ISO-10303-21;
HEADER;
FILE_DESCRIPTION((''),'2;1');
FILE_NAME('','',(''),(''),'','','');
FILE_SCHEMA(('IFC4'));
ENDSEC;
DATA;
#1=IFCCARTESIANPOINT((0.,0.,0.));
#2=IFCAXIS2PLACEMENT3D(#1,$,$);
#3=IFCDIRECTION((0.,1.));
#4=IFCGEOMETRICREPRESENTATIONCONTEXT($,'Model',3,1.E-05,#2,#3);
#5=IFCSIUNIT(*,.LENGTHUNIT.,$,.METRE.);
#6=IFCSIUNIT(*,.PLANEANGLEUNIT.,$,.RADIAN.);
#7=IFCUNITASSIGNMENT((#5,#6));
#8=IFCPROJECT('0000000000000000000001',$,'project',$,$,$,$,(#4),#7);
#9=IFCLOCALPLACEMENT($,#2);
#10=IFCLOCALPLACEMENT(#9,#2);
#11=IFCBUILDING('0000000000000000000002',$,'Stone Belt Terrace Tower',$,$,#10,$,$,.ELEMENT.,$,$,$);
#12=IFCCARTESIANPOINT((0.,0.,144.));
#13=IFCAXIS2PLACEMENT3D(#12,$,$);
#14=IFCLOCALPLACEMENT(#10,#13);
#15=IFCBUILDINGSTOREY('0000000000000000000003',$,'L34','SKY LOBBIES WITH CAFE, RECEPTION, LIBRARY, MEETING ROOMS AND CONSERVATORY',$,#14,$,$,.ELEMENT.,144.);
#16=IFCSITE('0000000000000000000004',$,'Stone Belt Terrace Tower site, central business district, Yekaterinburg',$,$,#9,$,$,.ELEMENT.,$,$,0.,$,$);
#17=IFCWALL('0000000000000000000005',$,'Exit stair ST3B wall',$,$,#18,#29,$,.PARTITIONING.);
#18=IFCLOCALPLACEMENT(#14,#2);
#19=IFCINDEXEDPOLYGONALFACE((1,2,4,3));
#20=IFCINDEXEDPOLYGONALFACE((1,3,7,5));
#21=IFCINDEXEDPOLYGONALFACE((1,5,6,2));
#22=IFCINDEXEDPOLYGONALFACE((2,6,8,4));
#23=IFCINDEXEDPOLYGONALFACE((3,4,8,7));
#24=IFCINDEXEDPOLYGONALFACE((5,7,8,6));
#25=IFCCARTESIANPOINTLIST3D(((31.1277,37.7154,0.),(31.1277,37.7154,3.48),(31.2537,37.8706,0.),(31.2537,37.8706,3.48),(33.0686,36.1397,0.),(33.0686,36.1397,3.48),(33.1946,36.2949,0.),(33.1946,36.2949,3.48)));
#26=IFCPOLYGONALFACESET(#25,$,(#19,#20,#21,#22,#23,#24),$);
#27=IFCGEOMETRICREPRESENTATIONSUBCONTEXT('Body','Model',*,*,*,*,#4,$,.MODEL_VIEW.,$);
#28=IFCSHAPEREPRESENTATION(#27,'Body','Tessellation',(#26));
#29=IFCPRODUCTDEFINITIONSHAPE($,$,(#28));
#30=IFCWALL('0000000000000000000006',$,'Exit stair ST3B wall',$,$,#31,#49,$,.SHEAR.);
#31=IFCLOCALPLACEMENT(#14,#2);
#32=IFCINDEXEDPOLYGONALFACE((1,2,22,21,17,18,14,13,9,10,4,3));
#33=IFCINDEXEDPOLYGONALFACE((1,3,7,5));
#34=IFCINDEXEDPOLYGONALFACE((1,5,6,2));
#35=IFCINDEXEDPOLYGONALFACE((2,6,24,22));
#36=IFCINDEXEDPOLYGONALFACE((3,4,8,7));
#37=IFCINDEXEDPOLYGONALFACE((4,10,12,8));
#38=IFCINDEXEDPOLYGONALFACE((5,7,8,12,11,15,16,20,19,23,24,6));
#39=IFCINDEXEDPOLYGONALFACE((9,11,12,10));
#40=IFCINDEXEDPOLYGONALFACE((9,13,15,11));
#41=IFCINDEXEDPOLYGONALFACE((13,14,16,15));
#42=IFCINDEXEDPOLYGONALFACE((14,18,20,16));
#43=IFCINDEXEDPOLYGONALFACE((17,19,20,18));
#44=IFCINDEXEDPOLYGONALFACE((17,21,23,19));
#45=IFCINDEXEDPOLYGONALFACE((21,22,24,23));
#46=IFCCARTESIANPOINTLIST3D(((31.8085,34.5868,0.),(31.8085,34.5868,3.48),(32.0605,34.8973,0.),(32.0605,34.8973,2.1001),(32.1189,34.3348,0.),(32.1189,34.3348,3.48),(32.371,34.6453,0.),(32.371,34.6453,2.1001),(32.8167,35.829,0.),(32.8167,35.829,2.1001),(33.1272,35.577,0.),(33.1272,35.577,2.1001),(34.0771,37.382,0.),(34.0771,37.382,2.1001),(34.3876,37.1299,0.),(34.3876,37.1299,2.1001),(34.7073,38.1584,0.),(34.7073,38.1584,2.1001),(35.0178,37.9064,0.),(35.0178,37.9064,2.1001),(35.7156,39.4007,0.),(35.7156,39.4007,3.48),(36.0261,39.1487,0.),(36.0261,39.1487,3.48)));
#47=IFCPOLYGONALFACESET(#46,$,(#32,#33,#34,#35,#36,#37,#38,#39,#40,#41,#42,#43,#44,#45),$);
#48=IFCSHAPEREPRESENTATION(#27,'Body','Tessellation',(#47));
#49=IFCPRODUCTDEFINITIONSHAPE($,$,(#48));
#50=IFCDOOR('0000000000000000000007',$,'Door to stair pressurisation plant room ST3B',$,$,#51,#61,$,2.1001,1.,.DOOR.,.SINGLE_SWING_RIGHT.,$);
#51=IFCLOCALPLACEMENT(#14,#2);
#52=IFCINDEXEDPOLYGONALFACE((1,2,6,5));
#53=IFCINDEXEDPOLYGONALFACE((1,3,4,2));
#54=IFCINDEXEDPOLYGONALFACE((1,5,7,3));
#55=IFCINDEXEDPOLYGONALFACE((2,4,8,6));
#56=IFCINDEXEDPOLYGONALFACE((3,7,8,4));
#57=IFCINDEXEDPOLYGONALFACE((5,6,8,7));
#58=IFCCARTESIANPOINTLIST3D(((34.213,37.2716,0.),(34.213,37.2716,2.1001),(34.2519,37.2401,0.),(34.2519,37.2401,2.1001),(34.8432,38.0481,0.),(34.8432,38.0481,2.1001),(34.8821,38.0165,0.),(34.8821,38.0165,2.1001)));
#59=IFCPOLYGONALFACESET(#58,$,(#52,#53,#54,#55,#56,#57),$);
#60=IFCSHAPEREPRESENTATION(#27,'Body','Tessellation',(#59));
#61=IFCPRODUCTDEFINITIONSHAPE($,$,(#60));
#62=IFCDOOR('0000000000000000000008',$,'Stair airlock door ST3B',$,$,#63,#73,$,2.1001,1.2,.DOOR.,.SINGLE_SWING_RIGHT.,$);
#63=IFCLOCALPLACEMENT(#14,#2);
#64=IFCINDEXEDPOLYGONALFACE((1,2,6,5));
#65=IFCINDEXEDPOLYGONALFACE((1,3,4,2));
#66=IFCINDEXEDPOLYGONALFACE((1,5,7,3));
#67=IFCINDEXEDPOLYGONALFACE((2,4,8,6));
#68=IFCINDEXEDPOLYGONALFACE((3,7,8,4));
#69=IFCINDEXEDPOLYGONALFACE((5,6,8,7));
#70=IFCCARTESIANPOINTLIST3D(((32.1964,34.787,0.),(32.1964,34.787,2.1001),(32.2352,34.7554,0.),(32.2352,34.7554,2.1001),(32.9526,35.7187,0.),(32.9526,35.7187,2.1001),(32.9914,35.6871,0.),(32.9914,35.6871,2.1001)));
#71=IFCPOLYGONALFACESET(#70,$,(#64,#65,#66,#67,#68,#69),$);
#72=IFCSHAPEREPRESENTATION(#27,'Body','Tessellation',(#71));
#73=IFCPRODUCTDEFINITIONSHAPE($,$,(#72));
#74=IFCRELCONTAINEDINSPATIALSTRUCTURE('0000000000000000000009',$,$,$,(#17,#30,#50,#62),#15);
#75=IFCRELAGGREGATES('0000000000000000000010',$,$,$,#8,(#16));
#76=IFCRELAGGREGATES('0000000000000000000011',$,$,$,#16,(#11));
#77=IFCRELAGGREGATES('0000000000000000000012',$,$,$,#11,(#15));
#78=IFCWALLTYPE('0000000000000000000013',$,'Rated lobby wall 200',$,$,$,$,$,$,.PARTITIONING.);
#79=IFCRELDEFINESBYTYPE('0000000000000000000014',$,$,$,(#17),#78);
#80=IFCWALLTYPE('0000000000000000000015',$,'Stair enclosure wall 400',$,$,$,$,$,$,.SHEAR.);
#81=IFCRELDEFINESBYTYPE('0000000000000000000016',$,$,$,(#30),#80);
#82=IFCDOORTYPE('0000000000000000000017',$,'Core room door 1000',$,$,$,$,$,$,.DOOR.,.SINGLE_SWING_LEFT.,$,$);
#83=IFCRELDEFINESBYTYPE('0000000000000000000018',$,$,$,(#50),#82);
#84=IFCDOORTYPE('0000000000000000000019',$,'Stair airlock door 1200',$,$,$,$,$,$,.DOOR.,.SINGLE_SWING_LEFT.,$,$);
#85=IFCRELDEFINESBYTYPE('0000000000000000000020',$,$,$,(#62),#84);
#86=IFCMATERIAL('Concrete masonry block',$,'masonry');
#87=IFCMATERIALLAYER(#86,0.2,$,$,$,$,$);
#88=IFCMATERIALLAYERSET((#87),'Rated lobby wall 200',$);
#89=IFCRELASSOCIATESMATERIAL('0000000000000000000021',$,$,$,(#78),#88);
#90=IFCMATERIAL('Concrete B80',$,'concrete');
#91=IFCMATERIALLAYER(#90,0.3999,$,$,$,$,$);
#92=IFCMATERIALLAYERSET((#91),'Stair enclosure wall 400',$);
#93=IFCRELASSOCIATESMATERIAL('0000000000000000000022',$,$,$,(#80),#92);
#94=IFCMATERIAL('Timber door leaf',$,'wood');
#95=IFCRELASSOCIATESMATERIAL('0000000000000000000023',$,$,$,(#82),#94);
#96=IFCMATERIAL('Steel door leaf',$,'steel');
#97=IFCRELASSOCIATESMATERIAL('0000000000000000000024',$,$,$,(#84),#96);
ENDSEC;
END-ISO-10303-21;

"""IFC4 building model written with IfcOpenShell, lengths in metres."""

from ifc_helpers import new_model, si_unit, direction, frame, frame_2d, origin, place, context, subcontext, project, spatial, rectangle, extrude, material, layer, layer_set, type_object, element, fill, save


model = new_model("IFC4")

# Units and contexts
model_context = context("Model", 3, precision=1e-05, world=origin(), true_north=direction((0.0, 1.0)))
body_context = subcontext(model_context, "Body", "Model", "MODEL_VIEW")
ifc_project = project(units=[si_unit("LENGTHUNIT", "METRE"), si_unit("PLANEANGLEUNIT", "RADIAN")], contexts=[model_context])

# Site, building, storey
site_placement = place(None, origin())
site = spatial("IfcSite", under=ifc_project, at=site_placement, Name="Stone Belt Terrace Tower site, central business district, Yekaterinburg", CompositionType="ELEMENT", RefElevation=0.0)
building_placement = place(site_placement, origin())
building = spatial("IfcBuilding", under=site, at=building_placement, Name="Stone Belt Terrace Tower", CompositionType="ELEMENT")
storey_placement = place(building_placement, frame((0.0, 0.0, 144.0)))
storey = spatial("IfcBuildingStorey", under=building, at=storey_placement, Name="L34", Description="SKY LOBBIES WITH CAFE, RECEPTION, LIBRARY, MEETING ROOMS AND CONSERVATORY", CompositionType="ELEMENT", Elevation=144.0)

# Shared definitions
ifc_material_1 = material(Name="Concrete B80", Category="concrete")

# Wall
ifc_material_2 = material(Name="Concrete masonry block", Category="masonry")
ifc_layer_1 = layer(ifc_material_2, 0.2)
ifc_layer_set_1 = layer_set([ifc_layer_1], Name="Rated lobby wall 200")
wall_type_1 = type_object("IfcWallType", Name="Rated lobby wall 200", PredefinedType="PARTITIONING", material=ifc_layer_set_1)
wall_1_placement = place(storey_placement, frame((31.1907, 37.793, 0.0), z_axis=(0.0, 0.0, 1.0), x_axis=(0.776371, -0.630276, 0.0)))
element("IfcWall", 1, at=wall_1_placement, inside=storey, type_object=wall_type_1, Name="Exit stair ST3B wall", PredefinedType="PARTITIONING", context=body_context, shape_type="SweptSolid", body=[
    extrude(rectangle(XDim=2.5, YDim=0.2, at=frame_2d((1.25, 0.0))), origin(), (0.0, 0.0, 1.0), 3.48),
])

# Wall, openings, doors
ifc_layer_2 = layer(ifc_material_1, 0.3999)
ifc_layer_set_2 = layer_set([ifc_layer_2], Name="Stair enclosure wall 400")
wall_type_2 = type_object("IfcWallType", Name="Stair enclosure wall 400", PredefinedType="SHEAR", material=ifc_layer_set_2)
wall_2_placement = place(storey_placement, frame((31.9636, 34.4607, 0.0), z_axis=(0.0, 0.0, 1.0), x_axis=(0.630192, 0.776439, 0.0)))
wall_2 = element("IfcWall", 2, at=wall_2_placement, inside=storey, type_object=wall_type_2, Name="Exit stair ST3B wall", PredefinedType="SHEAR", context=body_context, shape_type="SweptSolid", body=[
    extrude(rectangle(XDim=6.2, YDim=0.3999, at=frame_2d((3.1001, 0.0))), origin(), (0.0, 0.0, 1.0), 3.48),
])
opening_1_placement = place(wall_2_placement, frame((0.3999, 0.0, 0.0)))
opening_1 = element("IfcOpeningElement", 3, at=opening_1_placement, cuts=wall_2, PredefinedType="OPENING", context=body_context, shape_type="SweptSolid", body=[
    extrude(rectangle(XDim=1.2, YDim=2.1001, at=frame_2d((0.6001, 1.05))), frame((0.0, 0.21, 0.0), z_axis=(0.0, -1.0, 0.0), x_axis=(1.0, 0.0, 0.0)), (0.0, 0.0, 1.0), 0.4199),
])
opening_2_placement = place(wall_2_placement, frame((3.6001, 0.0, 0.0)))
opening_2 = element("IfcOpeningElement", 4, at=opening_2_placement, cuts=wall_2, PredefinedType="OPENING", context=body_context, shape_type="SweptSolid", body=[
    extrude(rectangle(XDim=1.0, YDim=2.1001, at=frame_2d((0.5, 1.05))), frame((0.0, 0.21, 0.0), z_axis=(0.0, -1.0, 0.0), x_axis=(1.0, 0.0, 0.0)), (0.0, 0.0, 1.0), 0.4199),
])
ifc_material_3 = material(Name="Timber door leaf", Category="wood")
door_type_1 = type_object("IfcDoorType", Name="Core room door 1000", OperationType="SINGLE_SWING_LEFT", PredefinedType="DOOR", material=ifc_material_3)
door_1_placement = place(opening_2_placement, origin())
door_1 = element("IfcDoor", 5, at=door_1_placement, inside=storey, type_object=door_type_1, Name="Door to stair pressurisation plant room ST3B", OperationType="SINGLE_SWING_RIGHT", OverallHeight=2.1001, OverallWidth=1.0, PredefinedType="DOOR", context=body_context, shape_type="SweptSolid", body=[
    extrude(rectangle(XDim=1.0, YDim=2.1001, at=frame_2d((0.5, 1.05))), frame((0.0, 0.0249, 0.0), z_axis=(0.0, -1.0, 0.0), x_axis=(1.0, 0.0, 0.0)), (0.0, 0.0, 1.0), 0.05),
])
fill(opening_2, door_1)
ifc_material_4 = material(Name="Steel door leaf", Category="steel")
door_type_2 = type_object("IfcDoorType", Name="Stair airlock door 1200", OperationType="SINGLE_SWING_LEFT", PredefinedType="DOOR", material=ifc_material_4)
door_2_placement = place(opening_1_placement, origin())
door_2 = element("IfcDoor", 6, at=door_2_placement, inside=storey, type_object=door_type_2, Name="Stair airlock door ST3B", OperationType="SINGLE_SWING_RIGHT", OverallHeight=2.1001, OverallWidth=1.2, PredefinedType="DOOR", context=body_context, shape_type="SweptSolid", body=[
    extrude(rectangle(XDim=1.2, YDim=2.1001, at=frame_2d((0.6001, 1.05))), frame((0.0, 0.0249, 0.0), z_axis=(0.0, -1.0, 0.0), x_axis=(1.0, 0.0, 0.0)), (0.0, 0.0, 1.0), 0.05),
])
fill(opening_1, door_2)

save(model, "model.ifc")
